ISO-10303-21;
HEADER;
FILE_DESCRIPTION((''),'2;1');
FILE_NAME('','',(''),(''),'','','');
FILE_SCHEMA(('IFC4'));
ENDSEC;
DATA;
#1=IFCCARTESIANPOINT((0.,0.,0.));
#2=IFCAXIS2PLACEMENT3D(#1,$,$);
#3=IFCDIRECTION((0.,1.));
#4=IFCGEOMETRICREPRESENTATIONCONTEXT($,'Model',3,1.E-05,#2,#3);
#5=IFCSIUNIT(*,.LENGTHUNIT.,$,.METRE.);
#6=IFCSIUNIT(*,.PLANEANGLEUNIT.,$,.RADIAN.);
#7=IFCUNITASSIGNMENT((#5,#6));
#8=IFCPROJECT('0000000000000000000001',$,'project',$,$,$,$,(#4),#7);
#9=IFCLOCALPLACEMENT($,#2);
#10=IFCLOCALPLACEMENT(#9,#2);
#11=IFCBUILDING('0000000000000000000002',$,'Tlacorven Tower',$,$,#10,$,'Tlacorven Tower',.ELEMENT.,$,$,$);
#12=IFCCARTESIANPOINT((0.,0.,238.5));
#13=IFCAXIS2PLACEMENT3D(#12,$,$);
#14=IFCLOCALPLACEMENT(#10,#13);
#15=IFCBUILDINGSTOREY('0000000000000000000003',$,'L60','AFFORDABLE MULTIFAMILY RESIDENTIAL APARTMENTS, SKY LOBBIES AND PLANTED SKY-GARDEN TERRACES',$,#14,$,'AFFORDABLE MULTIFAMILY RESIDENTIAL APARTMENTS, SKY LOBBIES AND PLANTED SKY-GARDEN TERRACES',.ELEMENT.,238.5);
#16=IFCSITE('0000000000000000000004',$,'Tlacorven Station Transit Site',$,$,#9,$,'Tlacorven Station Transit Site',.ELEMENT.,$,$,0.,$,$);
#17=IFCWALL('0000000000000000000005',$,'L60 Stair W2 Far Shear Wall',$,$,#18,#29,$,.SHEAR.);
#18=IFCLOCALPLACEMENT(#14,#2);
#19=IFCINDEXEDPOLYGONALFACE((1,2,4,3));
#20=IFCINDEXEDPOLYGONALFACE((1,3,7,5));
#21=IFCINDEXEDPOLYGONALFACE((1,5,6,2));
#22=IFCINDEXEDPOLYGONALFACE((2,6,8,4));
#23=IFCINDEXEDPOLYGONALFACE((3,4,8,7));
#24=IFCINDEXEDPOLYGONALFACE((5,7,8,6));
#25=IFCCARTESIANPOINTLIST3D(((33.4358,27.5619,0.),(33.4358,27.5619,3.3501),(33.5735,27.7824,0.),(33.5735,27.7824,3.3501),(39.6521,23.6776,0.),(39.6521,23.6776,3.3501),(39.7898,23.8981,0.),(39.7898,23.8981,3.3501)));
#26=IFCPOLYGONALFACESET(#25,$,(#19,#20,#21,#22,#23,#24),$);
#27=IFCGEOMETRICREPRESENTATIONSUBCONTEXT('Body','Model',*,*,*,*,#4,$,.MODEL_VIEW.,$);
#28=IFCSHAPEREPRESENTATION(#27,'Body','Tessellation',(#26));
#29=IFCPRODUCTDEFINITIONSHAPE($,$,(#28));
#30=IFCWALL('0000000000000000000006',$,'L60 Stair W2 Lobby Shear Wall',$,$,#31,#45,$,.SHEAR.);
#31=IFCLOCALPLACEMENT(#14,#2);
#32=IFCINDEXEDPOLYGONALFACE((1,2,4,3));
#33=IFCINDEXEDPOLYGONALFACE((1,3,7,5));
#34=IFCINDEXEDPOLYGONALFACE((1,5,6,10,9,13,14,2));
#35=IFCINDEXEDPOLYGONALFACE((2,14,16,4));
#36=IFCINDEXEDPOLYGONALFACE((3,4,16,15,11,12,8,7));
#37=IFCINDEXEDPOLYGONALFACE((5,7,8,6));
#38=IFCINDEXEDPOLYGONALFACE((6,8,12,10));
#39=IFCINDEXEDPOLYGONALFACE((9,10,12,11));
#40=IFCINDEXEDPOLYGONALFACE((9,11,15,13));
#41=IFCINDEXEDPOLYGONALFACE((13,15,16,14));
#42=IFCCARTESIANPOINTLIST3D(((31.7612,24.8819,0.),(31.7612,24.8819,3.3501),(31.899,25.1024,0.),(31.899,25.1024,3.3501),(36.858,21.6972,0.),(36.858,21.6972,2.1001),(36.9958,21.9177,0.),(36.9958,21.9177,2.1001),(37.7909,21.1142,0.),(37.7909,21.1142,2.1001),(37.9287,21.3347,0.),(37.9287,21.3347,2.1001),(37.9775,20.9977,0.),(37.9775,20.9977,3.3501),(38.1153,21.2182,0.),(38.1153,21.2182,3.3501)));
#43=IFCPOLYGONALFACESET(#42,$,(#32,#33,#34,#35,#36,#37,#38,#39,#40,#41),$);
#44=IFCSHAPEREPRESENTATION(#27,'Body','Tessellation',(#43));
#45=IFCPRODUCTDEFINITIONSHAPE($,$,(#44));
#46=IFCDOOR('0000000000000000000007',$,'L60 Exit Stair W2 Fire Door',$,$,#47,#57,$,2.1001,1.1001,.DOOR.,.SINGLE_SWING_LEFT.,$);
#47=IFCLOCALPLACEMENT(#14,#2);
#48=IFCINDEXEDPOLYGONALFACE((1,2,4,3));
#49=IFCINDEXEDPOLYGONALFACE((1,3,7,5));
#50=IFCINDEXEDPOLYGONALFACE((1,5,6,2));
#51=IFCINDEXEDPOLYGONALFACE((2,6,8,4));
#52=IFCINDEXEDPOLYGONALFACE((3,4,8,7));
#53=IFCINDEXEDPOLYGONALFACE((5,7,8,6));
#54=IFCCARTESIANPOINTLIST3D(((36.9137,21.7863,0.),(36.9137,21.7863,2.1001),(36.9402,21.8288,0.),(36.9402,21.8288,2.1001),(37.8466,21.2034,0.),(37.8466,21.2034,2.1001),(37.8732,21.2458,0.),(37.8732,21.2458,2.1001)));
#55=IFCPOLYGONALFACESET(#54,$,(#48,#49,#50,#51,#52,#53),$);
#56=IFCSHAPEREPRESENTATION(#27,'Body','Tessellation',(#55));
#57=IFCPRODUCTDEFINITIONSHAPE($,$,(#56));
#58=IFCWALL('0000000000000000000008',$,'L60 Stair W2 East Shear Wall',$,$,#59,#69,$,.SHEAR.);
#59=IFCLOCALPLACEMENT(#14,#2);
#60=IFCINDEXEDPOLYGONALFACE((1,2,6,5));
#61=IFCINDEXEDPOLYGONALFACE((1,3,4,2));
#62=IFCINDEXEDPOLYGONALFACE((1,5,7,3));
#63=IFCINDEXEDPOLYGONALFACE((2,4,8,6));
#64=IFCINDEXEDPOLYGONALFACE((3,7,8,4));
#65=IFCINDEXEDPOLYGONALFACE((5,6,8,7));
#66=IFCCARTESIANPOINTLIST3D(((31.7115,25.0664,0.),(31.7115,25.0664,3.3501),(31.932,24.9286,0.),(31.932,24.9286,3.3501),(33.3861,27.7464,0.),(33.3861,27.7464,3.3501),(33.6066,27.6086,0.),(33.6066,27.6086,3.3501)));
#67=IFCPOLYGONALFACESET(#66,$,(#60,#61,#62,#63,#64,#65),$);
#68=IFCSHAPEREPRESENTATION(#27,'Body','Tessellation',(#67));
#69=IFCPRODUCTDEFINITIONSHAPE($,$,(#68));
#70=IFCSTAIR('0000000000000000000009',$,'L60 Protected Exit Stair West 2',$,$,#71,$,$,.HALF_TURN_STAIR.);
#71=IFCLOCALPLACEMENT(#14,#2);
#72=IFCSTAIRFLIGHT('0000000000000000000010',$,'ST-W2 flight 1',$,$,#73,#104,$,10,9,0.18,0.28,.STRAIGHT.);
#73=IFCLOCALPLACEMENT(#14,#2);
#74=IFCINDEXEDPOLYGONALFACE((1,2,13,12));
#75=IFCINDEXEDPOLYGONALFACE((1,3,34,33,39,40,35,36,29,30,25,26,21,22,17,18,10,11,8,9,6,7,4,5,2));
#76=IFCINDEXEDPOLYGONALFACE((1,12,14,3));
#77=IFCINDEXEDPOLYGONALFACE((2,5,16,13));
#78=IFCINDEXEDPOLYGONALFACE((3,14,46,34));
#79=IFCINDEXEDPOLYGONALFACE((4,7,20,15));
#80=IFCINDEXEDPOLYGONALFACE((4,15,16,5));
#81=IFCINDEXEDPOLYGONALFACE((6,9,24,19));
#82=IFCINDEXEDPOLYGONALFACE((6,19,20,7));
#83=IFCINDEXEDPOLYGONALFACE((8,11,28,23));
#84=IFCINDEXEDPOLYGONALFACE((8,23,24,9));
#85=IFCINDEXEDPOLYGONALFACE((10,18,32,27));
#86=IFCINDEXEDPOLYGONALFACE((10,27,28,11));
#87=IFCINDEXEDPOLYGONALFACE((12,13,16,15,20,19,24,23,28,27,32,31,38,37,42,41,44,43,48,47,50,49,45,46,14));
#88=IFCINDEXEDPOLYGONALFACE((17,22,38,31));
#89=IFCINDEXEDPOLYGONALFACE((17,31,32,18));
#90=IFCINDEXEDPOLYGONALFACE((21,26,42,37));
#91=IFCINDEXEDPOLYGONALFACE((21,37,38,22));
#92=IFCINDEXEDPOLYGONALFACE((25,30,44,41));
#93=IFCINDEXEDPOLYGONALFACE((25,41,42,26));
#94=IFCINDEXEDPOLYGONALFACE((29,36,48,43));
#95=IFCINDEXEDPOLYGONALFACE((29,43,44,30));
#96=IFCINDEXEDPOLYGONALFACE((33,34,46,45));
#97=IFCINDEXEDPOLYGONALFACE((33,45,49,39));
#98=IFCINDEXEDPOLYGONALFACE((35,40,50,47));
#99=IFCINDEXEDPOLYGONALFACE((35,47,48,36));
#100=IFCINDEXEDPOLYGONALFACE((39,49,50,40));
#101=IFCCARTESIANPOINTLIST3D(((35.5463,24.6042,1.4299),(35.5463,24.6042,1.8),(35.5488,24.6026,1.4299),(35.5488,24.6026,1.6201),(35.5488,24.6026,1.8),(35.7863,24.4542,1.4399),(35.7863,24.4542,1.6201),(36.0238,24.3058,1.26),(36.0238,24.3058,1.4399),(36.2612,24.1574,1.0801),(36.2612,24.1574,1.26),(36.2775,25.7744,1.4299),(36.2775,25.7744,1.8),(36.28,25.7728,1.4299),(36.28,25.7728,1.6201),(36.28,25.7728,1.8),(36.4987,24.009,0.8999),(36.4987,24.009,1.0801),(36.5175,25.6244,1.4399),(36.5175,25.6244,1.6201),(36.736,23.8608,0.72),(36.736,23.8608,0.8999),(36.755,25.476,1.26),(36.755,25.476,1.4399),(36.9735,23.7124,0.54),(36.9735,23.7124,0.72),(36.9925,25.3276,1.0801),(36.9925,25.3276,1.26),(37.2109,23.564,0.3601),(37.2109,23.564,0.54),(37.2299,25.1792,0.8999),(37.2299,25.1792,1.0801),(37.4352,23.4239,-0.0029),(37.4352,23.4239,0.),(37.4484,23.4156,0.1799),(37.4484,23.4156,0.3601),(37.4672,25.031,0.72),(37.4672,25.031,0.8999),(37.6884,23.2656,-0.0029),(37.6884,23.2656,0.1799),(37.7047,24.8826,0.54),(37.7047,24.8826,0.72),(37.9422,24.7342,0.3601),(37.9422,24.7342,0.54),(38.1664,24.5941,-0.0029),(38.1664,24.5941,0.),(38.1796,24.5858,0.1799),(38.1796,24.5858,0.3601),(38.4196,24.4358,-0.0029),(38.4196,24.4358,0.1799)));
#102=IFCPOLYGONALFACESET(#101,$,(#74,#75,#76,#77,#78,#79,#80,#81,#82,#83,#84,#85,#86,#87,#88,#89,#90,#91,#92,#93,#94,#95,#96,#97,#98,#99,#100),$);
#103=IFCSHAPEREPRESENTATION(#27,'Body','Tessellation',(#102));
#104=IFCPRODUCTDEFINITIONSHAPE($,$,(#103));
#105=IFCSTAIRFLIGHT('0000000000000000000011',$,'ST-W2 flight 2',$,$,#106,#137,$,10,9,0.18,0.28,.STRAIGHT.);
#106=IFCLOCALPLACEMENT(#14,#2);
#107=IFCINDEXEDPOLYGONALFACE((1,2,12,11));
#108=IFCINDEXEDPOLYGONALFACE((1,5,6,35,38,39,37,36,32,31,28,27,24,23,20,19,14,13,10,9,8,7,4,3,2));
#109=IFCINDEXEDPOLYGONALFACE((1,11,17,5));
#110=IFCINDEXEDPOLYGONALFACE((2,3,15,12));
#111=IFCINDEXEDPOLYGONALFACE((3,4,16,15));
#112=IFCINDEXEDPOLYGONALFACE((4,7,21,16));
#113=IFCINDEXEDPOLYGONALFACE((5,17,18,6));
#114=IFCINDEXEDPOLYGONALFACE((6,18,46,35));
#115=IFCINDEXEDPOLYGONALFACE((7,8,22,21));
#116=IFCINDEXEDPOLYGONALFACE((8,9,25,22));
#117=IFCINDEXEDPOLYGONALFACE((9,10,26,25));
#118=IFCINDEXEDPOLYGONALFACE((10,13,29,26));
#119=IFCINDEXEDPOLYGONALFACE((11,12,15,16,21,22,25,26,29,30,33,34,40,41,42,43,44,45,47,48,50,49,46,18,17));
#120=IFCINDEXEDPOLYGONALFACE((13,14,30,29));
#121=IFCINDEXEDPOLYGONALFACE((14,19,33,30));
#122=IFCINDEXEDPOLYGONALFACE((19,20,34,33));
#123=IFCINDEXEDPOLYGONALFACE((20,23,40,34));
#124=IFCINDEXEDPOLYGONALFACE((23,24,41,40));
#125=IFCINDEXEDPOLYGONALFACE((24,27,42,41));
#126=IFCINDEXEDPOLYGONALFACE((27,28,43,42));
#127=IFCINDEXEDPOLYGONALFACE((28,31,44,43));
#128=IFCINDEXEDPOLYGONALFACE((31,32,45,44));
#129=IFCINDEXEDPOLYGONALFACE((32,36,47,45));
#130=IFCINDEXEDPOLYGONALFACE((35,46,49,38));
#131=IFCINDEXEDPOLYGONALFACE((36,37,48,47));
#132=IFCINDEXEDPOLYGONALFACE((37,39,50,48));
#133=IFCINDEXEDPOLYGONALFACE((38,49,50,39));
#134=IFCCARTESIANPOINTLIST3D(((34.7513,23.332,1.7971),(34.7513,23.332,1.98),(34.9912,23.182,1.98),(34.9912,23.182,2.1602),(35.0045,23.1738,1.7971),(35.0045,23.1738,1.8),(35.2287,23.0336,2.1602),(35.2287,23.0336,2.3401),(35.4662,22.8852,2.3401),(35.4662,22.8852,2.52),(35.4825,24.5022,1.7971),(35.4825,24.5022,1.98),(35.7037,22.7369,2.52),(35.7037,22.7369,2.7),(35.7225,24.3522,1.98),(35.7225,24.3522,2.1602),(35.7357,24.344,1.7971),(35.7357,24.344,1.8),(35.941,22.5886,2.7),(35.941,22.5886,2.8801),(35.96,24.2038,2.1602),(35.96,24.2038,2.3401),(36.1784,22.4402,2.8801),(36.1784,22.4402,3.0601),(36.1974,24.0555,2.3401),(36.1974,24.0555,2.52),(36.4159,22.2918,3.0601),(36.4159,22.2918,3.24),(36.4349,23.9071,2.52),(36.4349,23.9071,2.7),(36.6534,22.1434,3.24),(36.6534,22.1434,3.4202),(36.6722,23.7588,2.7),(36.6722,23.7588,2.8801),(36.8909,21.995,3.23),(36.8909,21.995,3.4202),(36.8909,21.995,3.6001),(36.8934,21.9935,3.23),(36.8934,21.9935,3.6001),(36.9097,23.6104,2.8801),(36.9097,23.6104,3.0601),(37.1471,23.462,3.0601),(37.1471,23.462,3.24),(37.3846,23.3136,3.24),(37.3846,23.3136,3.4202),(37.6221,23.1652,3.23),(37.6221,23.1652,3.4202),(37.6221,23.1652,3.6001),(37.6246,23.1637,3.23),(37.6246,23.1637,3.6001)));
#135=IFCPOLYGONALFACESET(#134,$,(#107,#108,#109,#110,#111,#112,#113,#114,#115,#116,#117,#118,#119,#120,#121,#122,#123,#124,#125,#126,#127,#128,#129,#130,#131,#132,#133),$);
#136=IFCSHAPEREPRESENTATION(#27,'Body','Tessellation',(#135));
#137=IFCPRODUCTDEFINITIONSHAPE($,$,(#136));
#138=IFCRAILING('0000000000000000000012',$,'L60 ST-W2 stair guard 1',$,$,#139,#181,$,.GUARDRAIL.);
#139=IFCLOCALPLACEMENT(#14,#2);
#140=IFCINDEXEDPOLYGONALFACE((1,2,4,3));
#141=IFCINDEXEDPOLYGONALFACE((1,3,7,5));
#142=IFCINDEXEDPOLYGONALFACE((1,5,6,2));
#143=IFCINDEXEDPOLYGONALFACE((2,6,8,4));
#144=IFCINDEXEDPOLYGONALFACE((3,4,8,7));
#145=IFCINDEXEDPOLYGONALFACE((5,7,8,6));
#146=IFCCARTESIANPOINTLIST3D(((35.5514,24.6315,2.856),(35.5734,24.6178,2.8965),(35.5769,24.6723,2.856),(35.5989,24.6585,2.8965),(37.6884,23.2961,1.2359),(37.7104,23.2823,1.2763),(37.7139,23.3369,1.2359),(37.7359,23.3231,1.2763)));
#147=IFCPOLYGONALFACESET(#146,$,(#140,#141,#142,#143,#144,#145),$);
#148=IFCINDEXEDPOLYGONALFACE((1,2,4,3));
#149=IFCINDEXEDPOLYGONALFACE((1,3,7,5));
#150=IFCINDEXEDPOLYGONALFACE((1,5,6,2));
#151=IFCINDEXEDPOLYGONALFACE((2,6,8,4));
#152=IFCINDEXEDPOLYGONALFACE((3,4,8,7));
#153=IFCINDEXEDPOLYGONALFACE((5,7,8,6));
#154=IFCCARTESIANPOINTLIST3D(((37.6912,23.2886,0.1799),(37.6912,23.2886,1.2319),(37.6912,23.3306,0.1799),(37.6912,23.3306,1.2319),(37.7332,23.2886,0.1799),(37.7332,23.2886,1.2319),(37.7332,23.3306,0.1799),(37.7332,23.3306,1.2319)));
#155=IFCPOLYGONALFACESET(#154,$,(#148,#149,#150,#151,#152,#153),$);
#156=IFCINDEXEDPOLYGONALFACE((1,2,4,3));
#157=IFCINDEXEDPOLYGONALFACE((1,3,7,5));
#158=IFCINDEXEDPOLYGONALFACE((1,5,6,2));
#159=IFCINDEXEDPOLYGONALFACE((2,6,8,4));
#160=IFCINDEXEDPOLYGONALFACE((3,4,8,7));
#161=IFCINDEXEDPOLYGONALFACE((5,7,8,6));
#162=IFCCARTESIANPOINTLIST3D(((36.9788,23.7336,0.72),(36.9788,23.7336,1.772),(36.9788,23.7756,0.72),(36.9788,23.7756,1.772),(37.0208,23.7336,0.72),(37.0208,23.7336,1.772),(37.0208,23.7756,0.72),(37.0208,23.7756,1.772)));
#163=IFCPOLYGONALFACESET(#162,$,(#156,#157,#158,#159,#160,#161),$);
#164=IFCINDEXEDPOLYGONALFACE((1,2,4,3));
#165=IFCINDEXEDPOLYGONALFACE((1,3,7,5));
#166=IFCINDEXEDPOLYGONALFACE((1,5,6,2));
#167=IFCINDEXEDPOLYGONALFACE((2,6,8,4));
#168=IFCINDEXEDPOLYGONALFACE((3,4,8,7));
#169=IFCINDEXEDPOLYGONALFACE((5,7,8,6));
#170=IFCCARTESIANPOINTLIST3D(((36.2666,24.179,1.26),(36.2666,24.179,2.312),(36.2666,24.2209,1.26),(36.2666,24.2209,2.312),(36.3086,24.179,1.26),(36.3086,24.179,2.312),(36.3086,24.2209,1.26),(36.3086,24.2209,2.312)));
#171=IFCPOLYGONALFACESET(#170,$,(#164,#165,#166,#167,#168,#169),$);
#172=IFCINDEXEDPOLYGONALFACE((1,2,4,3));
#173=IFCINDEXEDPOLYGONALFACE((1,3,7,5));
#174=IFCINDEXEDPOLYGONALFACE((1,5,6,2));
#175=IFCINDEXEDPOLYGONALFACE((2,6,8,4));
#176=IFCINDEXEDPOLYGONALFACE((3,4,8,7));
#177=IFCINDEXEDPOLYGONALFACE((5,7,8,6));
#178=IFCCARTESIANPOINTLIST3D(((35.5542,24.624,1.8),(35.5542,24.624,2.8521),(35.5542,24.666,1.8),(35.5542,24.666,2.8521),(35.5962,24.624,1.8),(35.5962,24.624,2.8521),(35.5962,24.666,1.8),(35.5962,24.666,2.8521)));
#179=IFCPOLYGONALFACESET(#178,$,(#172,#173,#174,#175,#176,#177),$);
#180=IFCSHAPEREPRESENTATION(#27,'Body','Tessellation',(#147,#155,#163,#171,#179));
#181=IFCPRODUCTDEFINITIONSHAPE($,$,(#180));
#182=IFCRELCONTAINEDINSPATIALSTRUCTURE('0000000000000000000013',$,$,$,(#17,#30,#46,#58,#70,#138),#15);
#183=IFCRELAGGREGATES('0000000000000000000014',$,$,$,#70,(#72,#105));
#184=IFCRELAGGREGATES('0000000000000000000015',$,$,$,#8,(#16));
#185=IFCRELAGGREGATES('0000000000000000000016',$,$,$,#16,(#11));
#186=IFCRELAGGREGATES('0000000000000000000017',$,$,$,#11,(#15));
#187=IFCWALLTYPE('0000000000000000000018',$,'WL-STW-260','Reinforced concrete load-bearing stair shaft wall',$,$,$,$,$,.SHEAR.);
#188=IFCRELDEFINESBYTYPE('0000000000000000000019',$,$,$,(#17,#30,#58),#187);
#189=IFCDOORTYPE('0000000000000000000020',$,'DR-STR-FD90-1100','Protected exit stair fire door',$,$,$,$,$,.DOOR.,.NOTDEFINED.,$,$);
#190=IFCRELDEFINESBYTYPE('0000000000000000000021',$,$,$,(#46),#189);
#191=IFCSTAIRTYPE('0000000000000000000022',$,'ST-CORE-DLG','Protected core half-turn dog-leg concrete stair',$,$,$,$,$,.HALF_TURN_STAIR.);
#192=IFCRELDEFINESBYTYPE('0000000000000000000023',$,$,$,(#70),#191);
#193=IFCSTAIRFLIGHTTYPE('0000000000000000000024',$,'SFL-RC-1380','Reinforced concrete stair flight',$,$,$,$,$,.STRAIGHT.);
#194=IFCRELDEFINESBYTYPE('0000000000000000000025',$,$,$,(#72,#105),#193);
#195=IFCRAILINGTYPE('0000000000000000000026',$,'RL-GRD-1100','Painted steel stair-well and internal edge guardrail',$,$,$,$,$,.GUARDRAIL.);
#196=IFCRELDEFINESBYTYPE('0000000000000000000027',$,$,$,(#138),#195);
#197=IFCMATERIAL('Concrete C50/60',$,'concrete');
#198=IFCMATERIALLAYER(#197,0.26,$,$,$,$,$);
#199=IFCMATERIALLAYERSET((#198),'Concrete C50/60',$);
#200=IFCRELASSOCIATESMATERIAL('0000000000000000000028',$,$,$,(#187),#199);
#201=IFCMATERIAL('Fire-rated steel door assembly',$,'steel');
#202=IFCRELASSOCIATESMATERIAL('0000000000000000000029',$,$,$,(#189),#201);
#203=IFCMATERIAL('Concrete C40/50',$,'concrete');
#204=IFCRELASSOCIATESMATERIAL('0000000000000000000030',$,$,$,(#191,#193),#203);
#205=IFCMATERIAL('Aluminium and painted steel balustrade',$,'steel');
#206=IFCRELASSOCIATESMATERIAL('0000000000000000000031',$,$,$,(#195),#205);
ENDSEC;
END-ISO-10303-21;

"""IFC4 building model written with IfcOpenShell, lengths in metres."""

from ifc_helpers import new_model, si_unit, direction, frame, frame_2d, origin, origin_2d, place, context, subcontext, project, spatial, polyline, rectangle, outline, extrude, source, transform, mapped, material, layer, layer_set, type_object, element, fill, aggregate, save


model = new_model("IFC4")

# Units and contexts
model_context = context("Model", 3, precision=1e-05, world=origin(), true_north=direction((0.0, 1.0)))
body_context = subcontext(model_context, "Body", "Model", "MODEL_VIEW")
ifc_project = project(units=[si_unit("LENGTHUNIT", "METRE"), si_unit("PLANEANGLEUNIT", "RADIAN")], contexts=[model_context])

# Site, building, storey
site_placement = place(None, origin())
site = spatial("IfcSite", under=ifc_project, at=site_placement, Name="Tlacorven Station Transit Site", LongName="Tlacorven Station Transit Site", CompositionType="ELEMENT", RefElevation=0.0)
building_placement = place(site_placement, origin())
building = spatial("IfcBuilding", under=site, at=building_placement, Name="Tlacorven Tower", LongName="Tlacorven Tower", CompositionType="ELEMENT")
storey_placement = place(building_placement, frame((0.0, 0.0, 238.5)))
storey = spatial("IfcBuildingStorey", under=building, at=storey_placement, Name="L60", Description="AFFORDABLE MULTIFAMILY RESIDENTIAL APARTMENTS, SKY LOBBIES AND PLANTED SKY-GARDEN TERRACES", LongName="AFFORDABLE MULTIFAMILY RESIDENTIAL APARTMENTS, SKY LOBBIES AND PLANTED SKY-GARDEN TERRACES", CompositionType="ELEMENT", Elevation=238.5)

# Wall
ifc_material_1 = material(Name="Concrete C50/60", Category="concrete")
ifc_layer_1 = layer(ifc_material_1, 0.26)
ifc_layer_set_1 = layer_set([ifc_layer_1], Name="Concrete C50/60")
wall_type_1 = type_object("IfcWallType", Name="WL-STW-260", Description="Reinforced concrete load-bearing stair shaft wall", PredefinedType="SHEAR", material=ifc_layer_set_1)
wall_1_placement = place(storey_placement, frame((39.7209, 23.7878, 0.0), z_axis=(0.0, 0.0, 1.0), x_axis=(-0.848054, 0.529909, 0.0)))
element("IfcWall", 1, at=wall_1_placement, inside=storey, type_object=wall_type_1, Name="L60 Stair W2 Far Shear Wall", PredefinedType="SHEAR", context=body_context, shape_type="SweptSolid", body=[
    extrude(rectangle(XDim=7.3301, YDim=0.26, at=frame_2d((3.665, 0.0))), origin(), (0.0, 0.0, 1.0), 3.3501),
])

# Wall, opening, door
wall_2_placement = place(storey_placement, frame((38.0464, 21.1079, 0.0), z_axis=(0.0, 0.0, 1.0), x_axis=(-0.848054, 0.529909, 0.0)))
wall_2 = element("IfcWall", 2, at=wall_2_placement, inside=storey, type_object=wall_type_1, Name="L60 Stair W2 Lobby Shear Wall", PredefinedType="SHEAR", context=body_context, shape_type="SweptSolid", body=[
    extrude(rectangle(XDim=7.3301, YDim=0.26, at=frame_2d((3.665, 0.0))), origin(), (0.0, 0.0, 1.0), 3.3501),
])
opening_placement = place(wall_2_placement, frame((0.22, 0.0, 0.0)))
opening = element("IfcOpeningElement", 3, at=opening_placement, cuts=wall_2, PredefinedType="OPENING", context=body_context, shape_type="SweptSolid", body=[
    extrude(rectangle(XDim=1.1001, YDim=2.1001, at=frame_2d((0.55, 1.05))), frame((0.0, 0.1401, 0.0), z_axis=(0.0, -1.0, 0.0), x_axis=(1.0, 0.0, 0.0)), (0.0, 0.0, 1.0), 0.28),
])
ifc_material_2 = material(Name="Fire-rated steel door assembly", Category="steel")
door_type = type_object("IfcDoorType", Name="DR-STR-FD90-1100", Description="Protected exit stair fire door", OperationType="NOTDEFINED", PredefinedType="DOOR", material=ifc_material_2)
shared_shape_1 = source(origin(), body_context, "Body", "SweptSolid", [
    extrude(rectangle(XDim=1.1001, YDim=2.1001, at=frame_2d((0.55, 1.05))), frame((0.0, 0.0249, 0.0), z_axis=(0.0, -1.0, 0.0), x_axis=(1.0, 0.0, 0.0)), (0.0, 0.0, 1.0), 0.05),
])
door_placement = place(opening_placement, origin())
door = element("IfcDoor", 4, at=door_placement, inside=storey, type_object=door_type, Name="L60 Exit Stair W2 Fire Door", OperationType="SINGLE_SWING_LEFT", OverallHeight=2.1001, OverallWidth=1.1001, PredefinedType="DOOR", context=body_context, shape_type="MappedRepresentation", body=[
    mapped(shared_shape_1, transform((0.0, 0.0, 0.0), scale=1.0)),
])
fill(opening, door)

# Wall
wall_3_placement = place(storey_placement, frame((33.4963, 27.6775, 0.0), z_axis=(0.0, 0.0, 1.0), x_axis=(-0.529909, -0.848055, 0.0)))
element("IfcWall", 5, at=wall_3_placement, inside=storey, type_object=wall_type_1, Name="L60 Stair W2 East Shear Wall", PredefinedType="SHEAR", context=body_context, shape_type="SweptSolid", body=[
    extrude(rectangle(XDim=3.1602, YDim=0.26, at=frame_2d((1.5801, 0.0))), origin(), (0.0, 0.0, 1.0), 3.3501),
])

# Stair, stair flights
ifc_material_3 = material(Name="Concrete C40/50", Category="concrete")
stair_type = type_object("IfcStairType", Name="ST-CORE-DLG", Description="Protected core half-turn dog-leg concrete stair", PredefinedType="HALF_TURN_STAIR", material=ifc_material_3)
stair_placement = place(storey_placement, origin())
stair = element("IfcStair", 6, at=stair_placement, inside=storey, type_object=stair_type, Name="L60 Protected Exit Stair West 2", PredefinedType="HALF_TURN_STAIR")
stair_flight_type = type_object("IfcStairFlightType", Name="SFL-RC-1380", Description="Reinforced concrete stair flight", PredefinedType="STRAIGHT", material=ifc_material_3)
shared_shape_2 = source(origin(), body_context, "Body", "SweptSolid", [
    extrude(outline(polyline([(-0.0029, -0.0029), (-0.0029, 0.1799), (0.28, 0.1799), (0.28, 0.3601), (0.5601, 0.3601), (0.5601, 0.54), (0.8401, 0.54), (0.8401, 0.72), (1.1201, 0.72), (1.1201, 0.8999), (1.3999, 0.8999), (1.3999, 1.0801), (1.6799, 1.0801), (1.6799, 1.26), (1.96, 1.26), (1.96, 1.4399), (2.24, 1.4399), (2.24, 1.6201), (2.52, 1.6201), (2.52, 1.8), (2.5229, 1.8), (2.5229, 1.4299), (2.52, 1.4299), (0.2957, 0.0), (0.2957, -0.0029), (-0.0029, -0.0029)])), frame((0.0, 0.6899, 0.0), z_axis=(0.0, -1.0, 0.0), x_axis=(1.0, 0.0, 0.0)), (0.0, 0.0, 1.0), 1.3799),
])
stair_flight_1_placement = place(storey_placement, frame((38.0515, 23.8523, 0.0), z_axis=(0.0, 0.0, 1.0), x_axis=(-0.848048, 0.529919, 0.0)))
stair_flight_1 = element("IfcStairFlight", 7, at=stair_flight_1_placement, type_object=stair_flight_type, Name="ST-W2 flight 1", NumberOfRisers=10, NumberOfTreads=9, PredefinedType="STRAIGHT", RiserHeight=0.18, TreadLength=0.28, context=body_context, shape_type="MappedRepresentation", body=[
    mapped(shared_shape_2, transform((0.0, 0.0, 0.0), scale=1.0)),
])
stair_flight_2_placement = place(storey_placement, frame((35.1194, 23.9155, 1.8), z_axis=(0.0, 0.0, 1.0), x_axis=(0.848048, -0.529919, 0.0)))
stair_flight_2 = element("IfcStairFlight", 8, at=stair_flight_2_placement, type_object=stair_flight_type, Name="ST-W2 flight 2", NumberOfRisers=10, NumberOfTreads=9, PredefinedType="STRAIGHT", RiserHeight=0.18, TreadLength=0.28, context=body_context, shape_type="MappedRepresentation", body=[
    mapped(shared_shape_2, transform((0.0, 0.0, 0.0), scale=1.0)),
])
aggregate(stair, [stair_flight_1, stair_flight_2])

# Railing
ifc_material_4 = material(Name="Aluminium and painted steel balustrade", Category="steel")
railing_type_1 = type_object("IfcRailingType", Name="RL-GRD-1100", Description="Painted steel stair-well and internal edge guardrail", PredefinedType="GUARDRAIL", material=ifc_material_4)
shared_shape_3 = source(origin(), body_context, "Body", "SweptSolid", [
    extrude(rectangle(XDim=0.0481, YDim=0.0481, at=origin_2d()), frame((0.0, 0.0, 1.0762), z_axis=(-0.71332, 0.445774, 0.540796), x_axis=(-0.529955, -0.848026, 0.0)), (0.0, 0.0, 1.0), 2.9958),
    extrude(rectangle(XDim=0.042, YDim=0.042, at=origin_2d()), origin(), (0.0, 0.0, 1.0), 1.052),
    extrude(rectangle(XDim=0.042, YDim=0.042, at=origin_2d()), frame((-0.7124, 0.4451, 0.54)), (0.0, 0.0, 1.0), 1.052),
    extrude(rectangle(XDim=0.042, YDim=0.042, at=origin_2d()), frame((-1.4246, 0.8904, 1.0801)), (0.0, 0.0, 1.0), 1.052),
    extrude(rectangle(XDim=0.042, YDim=0.042, at=origin_2d()), frame((-2.137, 1.3354, 1.6201)), (0.0, 0.0, 1.0), 1.052),
])
railing_1_placement = place(storey_placement, frame((37.7122, 23.3096, 0.1799)))
element("IfcRailing", 9, at=railing_1_placement, inside=storey, type_object=railing_type_1, Name="L60 ST-W2 stair guard 1", PredefinedType="GUARDRAIL", context=body_context, shape_type="MappedRepresentation", body=[
    mapped(shared_shape_3, transform((0.0, 0.0, 0.0), scale=1.0)),
])

save(model, "model.ifc")
